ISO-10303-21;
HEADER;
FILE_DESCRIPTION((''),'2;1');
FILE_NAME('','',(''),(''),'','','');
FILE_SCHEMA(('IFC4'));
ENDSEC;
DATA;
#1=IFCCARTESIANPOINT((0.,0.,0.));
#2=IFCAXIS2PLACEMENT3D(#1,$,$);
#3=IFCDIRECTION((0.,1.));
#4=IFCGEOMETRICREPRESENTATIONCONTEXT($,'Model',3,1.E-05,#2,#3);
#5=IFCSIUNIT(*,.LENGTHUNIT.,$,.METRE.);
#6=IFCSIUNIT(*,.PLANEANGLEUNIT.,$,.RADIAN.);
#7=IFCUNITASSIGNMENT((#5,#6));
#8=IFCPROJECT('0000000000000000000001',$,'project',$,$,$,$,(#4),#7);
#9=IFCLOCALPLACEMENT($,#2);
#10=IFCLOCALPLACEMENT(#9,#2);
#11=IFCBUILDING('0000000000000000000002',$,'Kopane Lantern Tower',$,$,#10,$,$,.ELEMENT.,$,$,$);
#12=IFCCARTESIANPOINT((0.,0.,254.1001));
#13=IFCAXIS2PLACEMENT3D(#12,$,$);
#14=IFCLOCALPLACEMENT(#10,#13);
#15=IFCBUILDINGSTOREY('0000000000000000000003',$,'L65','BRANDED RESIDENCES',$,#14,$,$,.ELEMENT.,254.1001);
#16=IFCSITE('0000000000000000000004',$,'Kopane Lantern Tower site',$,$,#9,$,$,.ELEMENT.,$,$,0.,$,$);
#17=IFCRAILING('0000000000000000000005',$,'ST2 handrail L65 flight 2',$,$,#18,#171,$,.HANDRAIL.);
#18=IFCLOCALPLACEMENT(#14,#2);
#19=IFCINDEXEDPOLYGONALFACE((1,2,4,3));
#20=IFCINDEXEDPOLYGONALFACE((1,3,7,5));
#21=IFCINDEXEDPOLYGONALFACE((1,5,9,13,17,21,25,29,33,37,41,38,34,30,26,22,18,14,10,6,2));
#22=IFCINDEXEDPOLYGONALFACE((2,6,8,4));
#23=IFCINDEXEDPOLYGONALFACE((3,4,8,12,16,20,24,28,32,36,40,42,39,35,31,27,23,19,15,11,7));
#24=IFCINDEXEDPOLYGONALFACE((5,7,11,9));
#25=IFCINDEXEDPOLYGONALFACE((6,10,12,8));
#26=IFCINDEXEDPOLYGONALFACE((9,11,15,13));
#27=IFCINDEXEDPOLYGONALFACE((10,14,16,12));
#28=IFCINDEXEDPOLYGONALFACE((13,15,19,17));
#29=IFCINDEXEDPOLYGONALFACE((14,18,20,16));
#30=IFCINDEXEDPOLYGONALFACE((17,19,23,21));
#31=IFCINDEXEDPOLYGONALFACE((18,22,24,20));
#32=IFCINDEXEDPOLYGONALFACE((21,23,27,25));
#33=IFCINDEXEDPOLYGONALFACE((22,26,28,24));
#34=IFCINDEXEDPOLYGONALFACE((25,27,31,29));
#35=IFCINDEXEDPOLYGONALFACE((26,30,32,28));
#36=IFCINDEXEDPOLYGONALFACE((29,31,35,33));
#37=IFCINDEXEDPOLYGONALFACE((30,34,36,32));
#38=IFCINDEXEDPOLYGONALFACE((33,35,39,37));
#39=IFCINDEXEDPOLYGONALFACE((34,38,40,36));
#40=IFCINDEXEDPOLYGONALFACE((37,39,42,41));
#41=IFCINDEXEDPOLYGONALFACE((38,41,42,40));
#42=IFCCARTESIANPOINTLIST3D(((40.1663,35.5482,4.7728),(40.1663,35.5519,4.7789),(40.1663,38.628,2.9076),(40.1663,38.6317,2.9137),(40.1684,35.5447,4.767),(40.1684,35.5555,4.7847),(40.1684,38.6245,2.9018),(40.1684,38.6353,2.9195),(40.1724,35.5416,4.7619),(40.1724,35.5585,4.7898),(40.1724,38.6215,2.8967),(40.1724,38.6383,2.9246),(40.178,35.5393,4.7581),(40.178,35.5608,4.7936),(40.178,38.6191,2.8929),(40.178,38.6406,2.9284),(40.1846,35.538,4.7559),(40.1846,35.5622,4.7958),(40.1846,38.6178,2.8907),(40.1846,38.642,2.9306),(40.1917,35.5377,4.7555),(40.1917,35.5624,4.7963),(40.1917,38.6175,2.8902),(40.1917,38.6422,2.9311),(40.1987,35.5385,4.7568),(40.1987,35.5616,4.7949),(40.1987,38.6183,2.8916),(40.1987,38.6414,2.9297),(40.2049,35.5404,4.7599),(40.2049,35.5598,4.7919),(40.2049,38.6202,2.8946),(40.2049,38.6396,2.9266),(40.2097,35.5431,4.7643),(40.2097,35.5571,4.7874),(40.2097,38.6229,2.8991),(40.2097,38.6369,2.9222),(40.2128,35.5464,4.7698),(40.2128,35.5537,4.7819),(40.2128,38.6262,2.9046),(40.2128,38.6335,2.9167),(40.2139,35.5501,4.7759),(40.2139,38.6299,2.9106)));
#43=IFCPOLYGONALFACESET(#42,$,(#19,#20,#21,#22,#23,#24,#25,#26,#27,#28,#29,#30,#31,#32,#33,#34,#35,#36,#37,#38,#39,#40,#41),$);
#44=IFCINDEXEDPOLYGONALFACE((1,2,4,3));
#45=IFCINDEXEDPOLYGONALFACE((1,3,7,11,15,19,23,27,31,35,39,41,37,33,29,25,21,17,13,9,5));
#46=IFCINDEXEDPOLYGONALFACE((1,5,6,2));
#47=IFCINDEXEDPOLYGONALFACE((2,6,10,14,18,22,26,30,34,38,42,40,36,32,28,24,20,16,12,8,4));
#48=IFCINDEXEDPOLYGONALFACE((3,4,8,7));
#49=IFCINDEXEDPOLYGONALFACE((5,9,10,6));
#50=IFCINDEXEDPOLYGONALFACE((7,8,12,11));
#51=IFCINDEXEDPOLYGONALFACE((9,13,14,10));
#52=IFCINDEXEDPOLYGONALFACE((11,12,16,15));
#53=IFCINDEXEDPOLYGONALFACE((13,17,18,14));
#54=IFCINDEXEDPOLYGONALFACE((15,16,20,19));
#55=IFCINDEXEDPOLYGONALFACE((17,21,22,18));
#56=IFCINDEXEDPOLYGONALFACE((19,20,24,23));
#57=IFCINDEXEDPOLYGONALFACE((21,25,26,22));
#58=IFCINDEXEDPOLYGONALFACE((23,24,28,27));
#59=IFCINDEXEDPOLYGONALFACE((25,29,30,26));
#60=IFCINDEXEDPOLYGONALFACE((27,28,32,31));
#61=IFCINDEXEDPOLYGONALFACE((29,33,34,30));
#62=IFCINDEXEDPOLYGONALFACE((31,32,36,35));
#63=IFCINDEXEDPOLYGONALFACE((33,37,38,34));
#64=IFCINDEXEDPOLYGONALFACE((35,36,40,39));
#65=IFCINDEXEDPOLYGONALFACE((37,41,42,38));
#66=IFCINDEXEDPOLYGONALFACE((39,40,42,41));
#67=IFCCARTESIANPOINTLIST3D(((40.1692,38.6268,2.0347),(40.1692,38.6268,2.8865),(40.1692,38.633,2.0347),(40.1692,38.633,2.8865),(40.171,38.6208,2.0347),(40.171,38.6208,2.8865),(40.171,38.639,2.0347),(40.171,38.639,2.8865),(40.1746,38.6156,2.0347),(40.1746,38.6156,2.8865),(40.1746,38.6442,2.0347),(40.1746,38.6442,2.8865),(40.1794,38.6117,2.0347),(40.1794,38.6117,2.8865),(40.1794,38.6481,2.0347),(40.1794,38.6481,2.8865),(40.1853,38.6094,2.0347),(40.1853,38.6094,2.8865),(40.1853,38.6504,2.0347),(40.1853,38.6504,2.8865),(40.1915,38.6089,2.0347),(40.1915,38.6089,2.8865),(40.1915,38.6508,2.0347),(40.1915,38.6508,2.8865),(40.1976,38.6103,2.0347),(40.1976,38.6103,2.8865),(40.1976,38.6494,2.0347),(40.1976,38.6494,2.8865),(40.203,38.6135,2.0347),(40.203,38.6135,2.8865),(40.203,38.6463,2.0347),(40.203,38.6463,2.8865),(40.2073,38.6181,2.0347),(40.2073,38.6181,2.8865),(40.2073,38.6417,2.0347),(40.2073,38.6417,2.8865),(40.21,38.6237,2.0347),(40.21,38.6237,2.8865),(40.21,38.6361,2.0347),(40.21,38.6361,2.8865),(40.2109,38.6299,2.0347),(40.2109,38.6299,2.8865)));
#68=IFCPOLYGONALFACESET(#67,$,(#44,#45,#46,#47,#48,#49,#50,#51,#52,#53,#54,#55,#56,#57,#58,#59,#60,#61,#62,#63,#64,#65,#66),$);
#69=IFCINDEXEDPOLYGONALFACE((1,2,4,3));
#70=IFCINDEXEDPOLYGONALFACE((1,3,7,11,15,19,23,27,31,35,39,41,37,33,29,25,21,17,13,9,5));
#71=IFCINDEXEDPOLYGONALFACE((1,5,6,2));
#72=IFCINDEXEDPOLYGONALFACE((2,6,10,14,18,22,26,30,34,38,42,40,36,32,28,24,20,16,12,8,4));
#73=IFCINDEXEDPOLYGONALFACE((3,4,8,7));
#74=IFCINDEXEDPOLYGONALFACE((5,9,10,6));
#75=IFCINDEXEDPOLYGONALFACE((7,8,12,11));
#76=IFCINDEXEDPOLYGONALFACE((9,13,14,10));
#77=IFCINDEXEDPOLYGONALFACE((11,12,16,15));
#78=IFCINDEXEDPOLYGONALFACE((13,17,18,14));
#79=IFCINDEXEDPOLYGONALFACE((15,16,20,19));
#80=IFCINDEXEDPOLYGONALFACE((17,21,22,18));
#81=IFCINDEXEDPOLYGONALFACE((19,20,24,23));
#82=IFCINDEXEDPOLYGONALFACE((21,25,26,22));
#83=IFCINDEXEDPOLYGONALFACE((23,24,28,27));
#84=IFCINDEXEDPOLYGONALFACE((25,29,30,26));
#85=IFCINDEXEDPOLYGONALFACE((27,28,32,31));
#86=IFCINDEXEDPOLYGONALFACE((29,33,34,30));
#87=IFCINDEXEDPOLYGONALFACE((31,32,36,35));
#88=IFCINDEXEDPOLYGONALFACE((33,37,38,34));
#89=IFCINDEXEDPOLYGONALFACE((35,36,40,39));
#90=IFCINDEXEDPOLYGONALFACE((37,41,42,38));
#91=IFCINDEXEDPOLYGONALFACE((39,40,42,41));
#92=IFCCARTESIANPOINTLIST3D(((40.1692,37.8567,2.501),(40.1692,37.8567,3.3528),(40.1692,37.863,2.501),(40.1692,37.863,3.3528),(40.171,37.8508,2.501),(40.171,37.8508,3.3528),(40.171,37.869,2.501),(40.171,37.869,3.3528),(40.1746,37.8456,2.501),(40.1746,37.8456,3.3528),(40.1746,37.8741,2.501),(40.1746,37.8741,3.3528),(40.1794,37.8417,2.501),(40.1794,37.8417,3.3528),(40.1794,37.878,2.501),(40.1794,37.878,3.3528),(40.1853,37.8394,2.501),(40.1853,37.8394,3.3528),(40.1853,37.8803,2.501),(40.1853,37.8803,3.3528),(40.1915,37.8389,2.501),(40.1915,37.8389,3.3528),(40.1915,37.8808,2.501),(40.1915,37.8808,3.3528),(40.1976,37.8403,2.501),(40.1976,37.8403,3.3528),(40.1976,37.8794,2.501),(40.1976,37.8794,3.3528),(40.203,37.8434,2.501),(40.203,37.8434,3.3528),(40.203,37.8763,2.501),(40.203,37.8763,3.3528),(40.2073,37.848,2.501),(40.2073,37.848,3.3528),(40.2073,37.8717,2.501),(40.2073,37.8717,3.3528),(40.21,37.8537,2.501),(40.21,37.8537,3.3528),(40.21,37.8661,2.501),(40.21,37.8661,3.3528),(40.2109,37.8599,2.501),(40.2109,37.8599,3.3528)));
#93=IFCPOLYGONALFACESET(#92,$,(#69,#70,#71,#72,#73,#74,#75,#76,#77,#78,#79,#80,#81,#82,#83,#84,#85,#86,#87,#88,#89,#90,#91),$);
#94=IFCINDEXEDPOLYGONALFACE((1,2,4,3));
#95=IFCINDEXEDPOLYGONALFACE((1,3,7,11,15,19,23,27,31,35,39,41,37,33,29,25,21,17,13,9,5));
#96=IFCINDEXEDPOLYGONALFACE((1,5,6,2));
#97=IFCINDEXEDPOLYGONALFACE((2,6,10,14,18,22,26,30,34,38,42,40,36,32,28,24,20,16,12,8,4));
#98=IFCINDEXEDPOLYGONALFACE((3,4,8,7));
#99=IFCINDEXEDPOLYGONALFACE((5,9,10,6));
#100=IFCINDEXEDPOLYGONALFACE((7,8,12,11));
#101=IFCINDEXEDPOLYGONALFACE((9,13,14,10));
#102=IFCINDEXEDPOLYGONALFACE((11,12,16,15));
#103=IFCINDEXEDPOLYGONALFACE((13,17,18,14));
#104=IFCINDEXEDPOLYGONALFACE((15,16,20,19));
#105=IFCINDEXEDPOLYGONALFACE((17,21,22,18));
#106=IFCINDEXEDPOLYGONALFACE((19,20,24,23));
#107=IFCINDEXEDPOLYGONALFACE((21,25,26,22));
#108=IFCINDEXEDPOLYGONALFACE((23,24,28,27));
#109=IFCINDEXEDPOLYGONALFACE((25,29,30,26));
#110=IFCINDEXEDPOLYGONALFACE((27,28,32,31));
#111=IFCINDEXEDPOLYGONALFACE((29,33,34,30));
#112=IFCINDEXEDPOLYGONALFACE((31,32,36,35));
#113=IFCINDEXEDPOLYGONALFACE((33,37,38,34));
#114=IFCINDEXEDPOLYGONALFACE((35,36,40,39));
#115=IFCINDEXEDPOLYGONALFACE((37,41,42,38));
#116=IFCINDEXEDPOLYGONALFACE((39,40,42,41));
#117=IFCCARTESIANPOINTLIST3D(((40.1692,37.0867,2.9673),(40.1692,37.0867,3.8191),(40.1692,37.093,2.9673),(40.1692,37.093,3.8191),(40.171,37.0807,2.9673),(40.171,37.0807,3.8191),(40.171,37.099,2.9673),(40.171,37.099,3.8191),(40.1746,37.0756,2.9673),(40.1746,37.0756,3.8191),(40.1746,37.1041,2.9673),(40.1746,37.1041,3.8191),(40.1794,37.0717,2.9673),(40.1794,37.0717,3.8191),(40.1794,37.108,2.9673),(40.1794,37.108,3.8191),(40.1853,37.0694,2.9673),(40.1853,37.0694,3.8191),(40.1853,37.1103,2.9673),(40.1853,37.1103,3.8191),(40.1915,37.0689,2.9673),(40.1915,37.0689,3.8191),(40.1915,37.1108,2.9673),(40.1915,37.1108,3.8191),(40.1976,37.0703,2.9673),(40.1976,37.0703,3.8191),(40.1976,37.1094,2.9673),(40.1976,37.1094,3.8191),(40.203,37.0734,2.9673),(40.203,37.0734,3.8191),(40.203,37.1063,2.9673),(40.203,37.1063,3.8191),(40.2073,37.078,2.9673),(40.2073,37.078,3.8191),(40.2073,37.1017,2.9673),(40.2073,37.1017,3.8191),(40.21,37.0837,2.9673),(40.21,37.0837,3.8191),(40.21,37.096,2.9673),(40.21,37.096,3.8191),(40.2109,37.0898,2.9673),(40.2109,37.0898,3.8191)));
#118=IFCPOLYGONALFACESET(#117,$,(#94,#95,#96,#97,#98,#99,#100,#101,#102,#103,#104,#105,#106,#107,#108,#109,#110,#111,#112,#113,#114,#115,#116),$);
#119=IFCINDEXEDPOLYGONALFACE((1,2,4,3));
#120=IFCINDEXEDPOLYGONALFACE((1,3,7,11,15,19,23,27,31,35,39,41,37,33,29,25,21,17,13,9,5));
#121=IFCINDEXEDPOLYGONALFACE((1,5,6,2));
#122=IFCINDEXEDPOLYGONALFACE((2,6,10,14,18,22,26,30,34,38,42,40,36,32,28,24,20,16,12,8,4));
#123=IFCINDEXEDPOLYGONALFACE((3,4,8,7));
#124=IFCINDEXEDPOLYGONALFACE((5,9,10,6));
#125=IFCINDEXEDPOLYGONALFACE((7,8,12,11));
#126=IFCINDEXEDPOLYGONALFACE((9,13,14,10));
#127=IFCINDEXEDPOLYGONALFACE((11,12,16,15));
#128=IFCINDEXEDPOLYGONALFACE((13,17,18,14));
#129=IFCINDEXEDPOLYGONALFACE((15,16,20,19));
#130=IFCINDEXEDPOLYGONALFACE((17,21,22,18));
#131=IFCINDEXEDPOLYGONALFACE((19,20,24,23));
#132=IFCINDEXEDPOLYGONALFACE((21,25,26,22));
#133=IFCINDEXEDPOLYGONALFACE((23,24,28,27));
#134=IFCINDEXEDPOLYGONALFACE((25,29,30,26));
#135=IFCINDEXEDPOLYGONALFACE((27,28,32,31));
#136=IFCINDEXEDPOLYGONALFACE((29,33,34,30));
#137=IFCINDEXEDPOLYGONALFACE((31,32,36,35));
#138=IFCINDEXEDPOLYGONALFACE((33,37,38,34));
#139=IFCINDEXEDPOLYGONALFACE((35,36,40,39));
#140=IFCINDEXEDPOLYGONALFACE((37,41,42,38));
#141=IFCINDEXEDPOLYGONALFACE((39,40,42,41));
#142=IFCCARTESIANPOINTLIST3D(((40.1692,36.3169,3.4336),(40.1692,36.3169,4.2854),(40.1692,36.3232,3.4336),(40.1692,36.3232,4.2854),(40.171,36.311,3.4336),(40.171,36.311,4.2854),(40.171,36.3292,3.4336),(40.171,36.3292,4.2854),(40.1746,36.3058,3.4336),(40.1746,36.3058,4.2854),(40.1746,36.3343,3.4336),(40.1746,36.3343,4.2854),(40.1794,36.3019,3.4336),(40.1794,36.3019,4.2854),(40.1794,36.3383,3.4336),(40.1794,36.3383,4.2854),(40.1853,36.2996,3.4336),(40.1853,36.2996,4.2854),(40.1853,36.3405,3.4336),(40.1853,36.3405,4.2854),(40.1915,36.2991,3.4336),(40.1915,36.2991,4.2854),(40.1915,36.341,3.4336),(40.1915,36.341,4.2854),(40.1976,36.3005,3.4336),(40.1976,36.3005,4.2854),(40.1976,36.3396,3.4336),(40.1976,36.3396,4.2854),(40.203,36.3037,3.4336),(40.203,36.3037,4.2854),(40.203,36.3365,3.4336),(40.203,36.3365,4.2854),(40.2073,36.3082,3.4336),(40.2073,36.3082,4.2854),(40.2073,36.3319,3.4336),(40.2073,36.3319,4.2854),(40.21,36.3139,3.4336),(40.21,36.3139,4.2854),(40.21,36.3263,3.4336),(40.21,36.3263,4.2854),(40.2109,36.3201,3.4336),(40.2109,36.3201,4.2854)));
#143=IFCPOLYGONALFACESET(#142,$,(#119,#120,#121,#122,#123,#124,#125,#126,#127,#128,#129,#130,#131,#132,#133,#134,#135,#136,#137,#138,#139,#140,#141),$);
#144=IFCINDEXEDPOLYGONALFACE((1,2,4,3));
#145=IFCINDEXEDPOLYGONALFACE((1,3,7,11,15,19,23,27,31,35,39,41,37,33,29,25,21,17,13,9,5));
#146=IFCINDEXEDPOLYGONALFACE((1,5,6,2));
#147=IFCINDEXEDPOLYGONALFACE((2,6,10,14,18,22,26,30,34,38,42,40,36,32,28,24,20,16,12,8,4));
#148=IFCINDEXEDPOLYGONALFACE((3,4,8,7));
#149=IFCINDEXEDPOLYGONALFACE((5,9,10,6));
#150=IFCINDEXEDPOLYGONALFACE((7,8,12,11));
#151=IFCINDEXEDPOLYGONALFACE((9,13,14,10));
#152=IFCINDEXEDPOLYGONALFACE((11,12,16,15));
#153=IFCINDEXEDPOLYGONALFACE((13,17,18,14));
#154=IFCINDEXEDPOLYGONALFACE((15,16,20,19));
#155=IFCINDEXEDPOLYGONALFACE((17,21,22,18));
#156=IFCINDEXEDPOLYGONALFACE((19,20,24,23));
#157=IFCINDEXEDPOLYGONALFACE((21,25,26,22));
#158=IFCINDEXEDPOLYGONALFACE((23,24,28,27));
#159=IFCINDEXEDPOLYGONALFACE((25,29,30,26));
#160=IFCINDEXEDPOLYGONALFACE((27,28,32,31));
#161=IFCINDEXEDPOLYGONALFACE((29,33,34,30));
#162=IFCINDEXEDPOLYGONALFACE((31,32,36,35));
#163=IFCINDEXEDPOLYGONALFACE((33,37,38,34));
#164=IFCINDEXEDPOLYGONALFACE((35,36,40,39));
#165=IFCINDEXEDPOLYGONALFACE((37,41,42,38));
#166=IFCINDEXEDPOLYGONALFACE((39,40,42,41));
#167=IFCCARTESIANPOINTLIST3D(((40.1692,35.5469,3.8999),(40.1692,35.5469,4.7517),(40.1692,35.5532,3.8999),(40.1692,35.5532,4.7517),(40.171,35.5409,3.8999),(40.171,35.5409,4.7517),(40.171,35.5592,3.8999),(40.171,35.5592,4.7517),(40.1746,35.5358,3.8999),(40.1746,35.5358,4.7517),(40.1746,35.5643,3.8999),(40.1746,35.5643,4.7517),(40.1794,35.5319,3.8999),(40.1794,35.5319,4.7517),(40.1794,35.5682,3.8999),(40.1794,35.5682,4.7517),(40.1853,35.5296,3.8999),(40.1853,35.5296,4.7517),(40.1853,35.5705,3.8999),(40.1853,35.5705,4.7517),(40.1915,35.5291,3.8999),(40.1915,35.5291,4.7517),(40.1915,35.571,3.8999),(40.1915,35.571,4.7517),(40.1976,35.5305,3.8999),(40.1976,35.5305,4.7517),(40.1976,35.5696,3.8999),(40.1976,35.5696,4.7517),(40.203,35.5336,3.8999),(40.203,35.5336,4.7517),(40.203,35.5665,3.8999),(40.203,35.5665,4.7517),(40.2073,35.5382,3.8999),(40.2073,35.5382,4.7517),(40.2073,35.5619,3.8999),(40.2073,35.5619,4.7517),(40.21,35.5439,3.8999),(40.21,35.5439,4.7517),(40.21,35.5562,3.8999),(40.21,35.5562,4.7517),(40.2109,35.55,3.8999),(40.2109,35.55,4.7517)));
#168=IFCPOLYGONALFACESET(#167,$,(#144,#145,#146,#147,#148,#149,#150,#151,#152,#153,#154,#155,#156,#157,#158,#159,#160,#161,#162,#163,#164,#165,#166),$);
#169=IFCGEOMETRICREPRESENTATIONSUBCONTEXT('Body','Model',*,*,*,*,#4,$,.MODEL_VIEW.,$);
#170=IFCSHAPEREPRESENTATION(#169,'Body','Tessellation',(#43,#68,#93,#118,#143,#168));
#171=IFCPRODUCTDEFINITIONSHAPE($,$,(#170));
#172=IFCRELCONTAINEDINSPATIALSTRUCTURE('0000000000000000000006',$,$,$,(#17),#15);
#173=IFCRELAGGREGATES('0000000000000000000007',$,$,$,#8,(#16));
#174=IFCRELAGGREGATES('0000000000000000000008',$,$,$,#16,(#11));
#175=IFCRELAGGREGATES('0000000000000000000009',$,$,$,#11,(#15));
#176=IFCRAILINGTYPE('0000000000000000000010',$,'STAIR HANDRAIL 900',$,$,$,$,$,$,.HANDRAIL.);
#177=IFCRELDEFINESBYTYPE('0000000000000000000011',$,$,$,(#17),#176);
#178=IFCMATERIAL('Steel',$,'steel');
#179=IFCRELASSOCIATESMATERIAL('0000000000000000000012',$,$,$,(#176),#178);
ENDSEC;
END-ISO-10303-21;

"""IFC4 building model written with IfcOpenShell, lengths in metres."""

from ifc_helpers import new_model, si_unit, direction, frame, origin, origin_2d, place, context, subcontext, project, spatial, circle, extrude, material, type_object, element, save


model = new_model("IFC4")

# Units and contexts
model_context = context("Model", 3, precision=1e-05, world=origin(), true_north=direction((0.0, 1.0)))
body_context = subcontext(model_context, "Body", "Model", "MODEL_VIEW")
ifc_project = project(units=[si_unit("LENGTHUNIT", "METRE"), si_unit("PLANEANGLEUNIT", "RADIAN")], contexts=[model_context])

# Site, building, storey
site_placement = place(None, origin())
site = spatial("IfcSite", under=ifc_project, at=site_placement, Name="Kopane Lantern Tower site", CompositionType="ELEMENT", RefElevation=0.0)
building_placement = place(site_placement, origin())
building = spatial("IfcBuilding", under=site, at=building_placement, Name="Kopane Lantern Tower", CompositionType="ELEMENT")
storey_placement = place(building_placement, frame((0.0, 0.0, 254.1001)))
storey = spatial("IfcBuildingStorey", under=building, at=storey_placement, Name="L65", Description="BRANDED RESIDENCES", CompositionType="ELEMENT", Elevation=254.1001)

# Railing
ifc_material_1 = material(Name="Steel", Category="steel")
railing_type = type_object("IfcRailingType", Name="STAIR HANDRAIL 900", PredefinedType="HANDRAIL", material=ifc_material_1)
for number, where, name in (
    (1, (40.1899, 38.6299, 2.0347), "ST2 handrail L65 flight 2"),
):
    element("IfcRailing", number, at=place(storey_placement, frame(where)), inside=storey, type_object=railing_type, Name=name, PredefinedType="HANDRAIL", context=body_context, shape_type="SweptSolid", body=[
        extrude(circle(Radius=0.0239, at=origin_2d()), frame((0.0, 0.0, 0.876), z_axis=(0.0, -0.855362, 0.518031), x_axis=(1.0, 0.0, 0.0)), (0.0, 0.0, 1.0), 3.6006),
        extrude(circle(Radius=0.021, at=origin_2d()), origin(), (0.0, 0.0, 1.0), 0.8518),
        extrude(circle(Radius=0.021, at=origin_2d()), frame((0.0, -0.77, 0.4663)), (0.0, 0.0, 1.0), 0.8518),
        extrude(circle(Radius=0.021, at=origin_2d()), frame((0.0, -1.54, 0.9326)), (0.0, 0.0, 1.0), 0.8518),
        extrude(circle(Radius=0.021, at=origin_2d()), frame((0.0, -2.3098, 1.3989)), (0.0, 0.0, 1.0), 0.8518),
        extrude(circle(Radius=0.021, at=origin_2d()), frame((0.0, -3.0798, 1.8652)), (0.0, 0.0, 1.0), 0.8518),
    ])

save(model, "model.ifc")
